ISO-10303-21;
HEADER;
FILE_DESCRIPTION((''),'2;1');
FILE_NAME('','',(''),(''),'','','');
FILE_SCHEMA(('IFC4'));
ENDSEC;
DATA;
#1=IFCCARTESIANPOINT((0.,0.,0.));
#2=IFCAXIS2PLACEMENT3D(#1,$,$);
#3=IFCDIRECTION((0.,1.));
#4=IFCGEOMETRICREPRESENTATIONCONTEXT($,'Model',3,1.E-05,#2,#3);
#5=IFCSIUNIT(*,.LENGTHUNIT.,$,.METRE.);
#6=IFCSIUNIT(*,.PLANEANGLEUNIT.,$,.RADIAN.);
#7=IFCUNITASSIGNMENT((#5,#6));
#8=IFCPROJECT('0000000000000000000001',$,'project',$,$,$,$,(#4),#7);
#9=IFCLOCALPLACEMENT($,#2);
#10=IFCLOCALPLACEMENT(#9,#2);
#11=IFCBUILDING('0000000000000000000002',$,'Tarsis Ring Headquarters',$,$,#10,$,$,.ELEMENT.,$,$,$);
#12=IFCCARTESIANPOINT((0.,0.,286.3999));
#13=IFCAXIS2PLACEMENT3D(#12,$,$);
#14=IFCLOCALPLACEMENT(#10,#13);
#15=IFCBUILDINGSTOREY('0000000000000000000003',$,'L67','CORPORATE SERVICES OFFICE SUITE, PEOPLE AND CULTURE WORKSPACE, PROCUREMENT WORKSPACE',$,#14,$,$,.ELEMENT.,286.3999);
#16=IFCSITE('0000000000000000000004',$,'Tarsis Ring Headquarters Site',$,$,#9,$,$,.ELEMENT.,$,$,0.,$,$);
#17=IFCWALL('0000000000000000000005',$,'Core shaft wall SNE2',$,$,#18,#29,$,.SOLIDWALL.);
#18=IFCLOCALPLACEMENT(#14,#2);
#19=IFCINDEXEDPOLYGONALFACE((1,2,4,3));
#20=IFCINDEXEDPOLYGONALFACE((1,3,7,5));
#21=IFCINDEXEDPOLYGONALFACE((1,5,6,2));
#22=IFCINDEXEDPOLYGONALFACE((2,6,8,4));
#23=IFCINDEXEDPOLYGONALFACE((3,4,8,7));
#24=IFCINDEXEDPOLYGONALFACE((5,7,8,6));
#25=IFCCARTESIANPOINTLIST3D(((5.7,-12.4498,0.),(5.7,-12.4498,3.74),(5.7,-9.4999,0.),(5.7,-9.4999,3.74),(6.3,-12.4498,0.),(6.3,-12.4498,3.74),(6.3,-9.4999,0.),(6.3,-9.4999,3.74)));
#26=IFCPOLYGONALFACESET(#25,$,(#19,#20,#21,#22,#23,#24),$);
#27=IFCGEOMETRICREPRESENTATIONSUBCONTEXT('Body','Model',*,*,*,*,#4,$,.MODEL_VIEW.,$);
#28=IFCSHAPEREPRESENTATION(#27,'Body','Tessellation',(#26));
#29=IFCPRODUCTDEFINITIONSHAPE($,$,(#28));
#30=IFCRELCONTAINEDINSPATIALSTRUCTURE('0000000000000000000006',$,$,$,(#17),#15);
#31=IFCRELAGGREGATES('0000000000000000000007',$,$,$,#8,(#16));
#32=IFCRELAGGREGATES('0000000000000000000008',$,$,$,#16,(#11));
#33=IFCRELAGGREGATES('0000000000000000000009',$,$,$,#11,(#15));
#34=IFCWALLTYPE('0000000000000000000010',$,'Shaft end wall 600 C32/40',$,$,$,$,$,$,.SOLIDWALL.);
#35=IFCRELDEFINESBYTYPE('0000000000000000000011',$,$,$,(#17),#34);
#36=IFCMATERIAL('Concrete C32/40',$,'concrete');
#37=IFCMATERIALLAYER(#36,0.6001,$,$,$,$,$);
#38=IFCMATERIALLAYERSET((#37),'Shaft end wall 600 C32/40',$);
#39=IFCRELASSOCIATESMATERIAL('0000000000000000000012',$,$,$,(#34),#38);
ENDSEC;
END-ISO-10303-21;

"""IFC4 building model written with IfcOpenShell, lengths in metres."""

from ifc_helpers import new_model, si_unit, direction, frame, frame_2d, origin, place, context, subcontext, project, spatial, rectangle, extrude, material, layer, layer_set, type_object, element, save


model = new_model("IFC4")

# Units and contexts
model_context = context("Model", 3, precision=1e-05, world=origin(), true_north=direction((0.0, 1.0)))
body_context = subcontext(model_context, "Body", "Model", "MODEL_VIEW")
ifc_project = project(units=[si_unit("LENGTHUNIT", "METRE"), si_unit("PLANEANGLEUNIT", "RADIAN")], contexts=[model_context])

# Site, building, storey
site_placement = place(None, origin())
site = spatial("IfcSite", under=ifc_project, at=site_placement, Name="Tarsis Ring Headquarters Site", CompositionType="ELEMENT", RefElevation=0.0)
building_placement = place(site_placement, origin())
building = spatial("IfcBuilding", under=site, at=building_placement, Name="Tarsis Ring Headquarters", CompositionType="ELEMENT")
storey_placement = place(building_placement, frame((0.0, 0.0, 286.3999)))
storey = spatial("IfcBuildingStorey", under=building, at=storey_placement, Name="L67", Description="CORPORATE SERVICES OFFICE SUITE, PEOPLE AND CULTURE WORKSPACE, PROCUREMENT WORKSPACE", CompositionType="ELEMENT", Elevation=286.3999)

# Wall
ifc_material_1 = material(Name="Concrete C32/40", Category="concrete")
ifc_layer_1 = layer(ifc_material_1, 0.6001)
ifc_layer_set_1 = layer_set([ifc_layer_1], Name="Shaft end wall 600 C32/40")
wall_type_1 = type_object("IfcWallType", Name="Shaft end wall 600 C32/40", PredefinedType="SOLIDWALL", material=ifc_layer_set_1)
wall_1_placement = place(storey_placement, frame((6.0, -12.45, 0.0), z_axis=(0.0, 0.0, 1.0), x_axis=(0.0, 1.0, 0.0)))
element("IfcWall", 1, at=wall_1_placement, inside=storey, type_object=wall_type_1, Name="Core shaft wall SNE2", PredefinedType="SOLIDWALL", context=body_context, shape_type="SweptSolid", body=[
    extrude(rectangle(XDim=2.95, YDim=0.6001, at=frame_2d((1.4751, 0.0))), origin(), (0.0, 0.0, 1.0), 3.74),
])

save(model, "model.ifc")
